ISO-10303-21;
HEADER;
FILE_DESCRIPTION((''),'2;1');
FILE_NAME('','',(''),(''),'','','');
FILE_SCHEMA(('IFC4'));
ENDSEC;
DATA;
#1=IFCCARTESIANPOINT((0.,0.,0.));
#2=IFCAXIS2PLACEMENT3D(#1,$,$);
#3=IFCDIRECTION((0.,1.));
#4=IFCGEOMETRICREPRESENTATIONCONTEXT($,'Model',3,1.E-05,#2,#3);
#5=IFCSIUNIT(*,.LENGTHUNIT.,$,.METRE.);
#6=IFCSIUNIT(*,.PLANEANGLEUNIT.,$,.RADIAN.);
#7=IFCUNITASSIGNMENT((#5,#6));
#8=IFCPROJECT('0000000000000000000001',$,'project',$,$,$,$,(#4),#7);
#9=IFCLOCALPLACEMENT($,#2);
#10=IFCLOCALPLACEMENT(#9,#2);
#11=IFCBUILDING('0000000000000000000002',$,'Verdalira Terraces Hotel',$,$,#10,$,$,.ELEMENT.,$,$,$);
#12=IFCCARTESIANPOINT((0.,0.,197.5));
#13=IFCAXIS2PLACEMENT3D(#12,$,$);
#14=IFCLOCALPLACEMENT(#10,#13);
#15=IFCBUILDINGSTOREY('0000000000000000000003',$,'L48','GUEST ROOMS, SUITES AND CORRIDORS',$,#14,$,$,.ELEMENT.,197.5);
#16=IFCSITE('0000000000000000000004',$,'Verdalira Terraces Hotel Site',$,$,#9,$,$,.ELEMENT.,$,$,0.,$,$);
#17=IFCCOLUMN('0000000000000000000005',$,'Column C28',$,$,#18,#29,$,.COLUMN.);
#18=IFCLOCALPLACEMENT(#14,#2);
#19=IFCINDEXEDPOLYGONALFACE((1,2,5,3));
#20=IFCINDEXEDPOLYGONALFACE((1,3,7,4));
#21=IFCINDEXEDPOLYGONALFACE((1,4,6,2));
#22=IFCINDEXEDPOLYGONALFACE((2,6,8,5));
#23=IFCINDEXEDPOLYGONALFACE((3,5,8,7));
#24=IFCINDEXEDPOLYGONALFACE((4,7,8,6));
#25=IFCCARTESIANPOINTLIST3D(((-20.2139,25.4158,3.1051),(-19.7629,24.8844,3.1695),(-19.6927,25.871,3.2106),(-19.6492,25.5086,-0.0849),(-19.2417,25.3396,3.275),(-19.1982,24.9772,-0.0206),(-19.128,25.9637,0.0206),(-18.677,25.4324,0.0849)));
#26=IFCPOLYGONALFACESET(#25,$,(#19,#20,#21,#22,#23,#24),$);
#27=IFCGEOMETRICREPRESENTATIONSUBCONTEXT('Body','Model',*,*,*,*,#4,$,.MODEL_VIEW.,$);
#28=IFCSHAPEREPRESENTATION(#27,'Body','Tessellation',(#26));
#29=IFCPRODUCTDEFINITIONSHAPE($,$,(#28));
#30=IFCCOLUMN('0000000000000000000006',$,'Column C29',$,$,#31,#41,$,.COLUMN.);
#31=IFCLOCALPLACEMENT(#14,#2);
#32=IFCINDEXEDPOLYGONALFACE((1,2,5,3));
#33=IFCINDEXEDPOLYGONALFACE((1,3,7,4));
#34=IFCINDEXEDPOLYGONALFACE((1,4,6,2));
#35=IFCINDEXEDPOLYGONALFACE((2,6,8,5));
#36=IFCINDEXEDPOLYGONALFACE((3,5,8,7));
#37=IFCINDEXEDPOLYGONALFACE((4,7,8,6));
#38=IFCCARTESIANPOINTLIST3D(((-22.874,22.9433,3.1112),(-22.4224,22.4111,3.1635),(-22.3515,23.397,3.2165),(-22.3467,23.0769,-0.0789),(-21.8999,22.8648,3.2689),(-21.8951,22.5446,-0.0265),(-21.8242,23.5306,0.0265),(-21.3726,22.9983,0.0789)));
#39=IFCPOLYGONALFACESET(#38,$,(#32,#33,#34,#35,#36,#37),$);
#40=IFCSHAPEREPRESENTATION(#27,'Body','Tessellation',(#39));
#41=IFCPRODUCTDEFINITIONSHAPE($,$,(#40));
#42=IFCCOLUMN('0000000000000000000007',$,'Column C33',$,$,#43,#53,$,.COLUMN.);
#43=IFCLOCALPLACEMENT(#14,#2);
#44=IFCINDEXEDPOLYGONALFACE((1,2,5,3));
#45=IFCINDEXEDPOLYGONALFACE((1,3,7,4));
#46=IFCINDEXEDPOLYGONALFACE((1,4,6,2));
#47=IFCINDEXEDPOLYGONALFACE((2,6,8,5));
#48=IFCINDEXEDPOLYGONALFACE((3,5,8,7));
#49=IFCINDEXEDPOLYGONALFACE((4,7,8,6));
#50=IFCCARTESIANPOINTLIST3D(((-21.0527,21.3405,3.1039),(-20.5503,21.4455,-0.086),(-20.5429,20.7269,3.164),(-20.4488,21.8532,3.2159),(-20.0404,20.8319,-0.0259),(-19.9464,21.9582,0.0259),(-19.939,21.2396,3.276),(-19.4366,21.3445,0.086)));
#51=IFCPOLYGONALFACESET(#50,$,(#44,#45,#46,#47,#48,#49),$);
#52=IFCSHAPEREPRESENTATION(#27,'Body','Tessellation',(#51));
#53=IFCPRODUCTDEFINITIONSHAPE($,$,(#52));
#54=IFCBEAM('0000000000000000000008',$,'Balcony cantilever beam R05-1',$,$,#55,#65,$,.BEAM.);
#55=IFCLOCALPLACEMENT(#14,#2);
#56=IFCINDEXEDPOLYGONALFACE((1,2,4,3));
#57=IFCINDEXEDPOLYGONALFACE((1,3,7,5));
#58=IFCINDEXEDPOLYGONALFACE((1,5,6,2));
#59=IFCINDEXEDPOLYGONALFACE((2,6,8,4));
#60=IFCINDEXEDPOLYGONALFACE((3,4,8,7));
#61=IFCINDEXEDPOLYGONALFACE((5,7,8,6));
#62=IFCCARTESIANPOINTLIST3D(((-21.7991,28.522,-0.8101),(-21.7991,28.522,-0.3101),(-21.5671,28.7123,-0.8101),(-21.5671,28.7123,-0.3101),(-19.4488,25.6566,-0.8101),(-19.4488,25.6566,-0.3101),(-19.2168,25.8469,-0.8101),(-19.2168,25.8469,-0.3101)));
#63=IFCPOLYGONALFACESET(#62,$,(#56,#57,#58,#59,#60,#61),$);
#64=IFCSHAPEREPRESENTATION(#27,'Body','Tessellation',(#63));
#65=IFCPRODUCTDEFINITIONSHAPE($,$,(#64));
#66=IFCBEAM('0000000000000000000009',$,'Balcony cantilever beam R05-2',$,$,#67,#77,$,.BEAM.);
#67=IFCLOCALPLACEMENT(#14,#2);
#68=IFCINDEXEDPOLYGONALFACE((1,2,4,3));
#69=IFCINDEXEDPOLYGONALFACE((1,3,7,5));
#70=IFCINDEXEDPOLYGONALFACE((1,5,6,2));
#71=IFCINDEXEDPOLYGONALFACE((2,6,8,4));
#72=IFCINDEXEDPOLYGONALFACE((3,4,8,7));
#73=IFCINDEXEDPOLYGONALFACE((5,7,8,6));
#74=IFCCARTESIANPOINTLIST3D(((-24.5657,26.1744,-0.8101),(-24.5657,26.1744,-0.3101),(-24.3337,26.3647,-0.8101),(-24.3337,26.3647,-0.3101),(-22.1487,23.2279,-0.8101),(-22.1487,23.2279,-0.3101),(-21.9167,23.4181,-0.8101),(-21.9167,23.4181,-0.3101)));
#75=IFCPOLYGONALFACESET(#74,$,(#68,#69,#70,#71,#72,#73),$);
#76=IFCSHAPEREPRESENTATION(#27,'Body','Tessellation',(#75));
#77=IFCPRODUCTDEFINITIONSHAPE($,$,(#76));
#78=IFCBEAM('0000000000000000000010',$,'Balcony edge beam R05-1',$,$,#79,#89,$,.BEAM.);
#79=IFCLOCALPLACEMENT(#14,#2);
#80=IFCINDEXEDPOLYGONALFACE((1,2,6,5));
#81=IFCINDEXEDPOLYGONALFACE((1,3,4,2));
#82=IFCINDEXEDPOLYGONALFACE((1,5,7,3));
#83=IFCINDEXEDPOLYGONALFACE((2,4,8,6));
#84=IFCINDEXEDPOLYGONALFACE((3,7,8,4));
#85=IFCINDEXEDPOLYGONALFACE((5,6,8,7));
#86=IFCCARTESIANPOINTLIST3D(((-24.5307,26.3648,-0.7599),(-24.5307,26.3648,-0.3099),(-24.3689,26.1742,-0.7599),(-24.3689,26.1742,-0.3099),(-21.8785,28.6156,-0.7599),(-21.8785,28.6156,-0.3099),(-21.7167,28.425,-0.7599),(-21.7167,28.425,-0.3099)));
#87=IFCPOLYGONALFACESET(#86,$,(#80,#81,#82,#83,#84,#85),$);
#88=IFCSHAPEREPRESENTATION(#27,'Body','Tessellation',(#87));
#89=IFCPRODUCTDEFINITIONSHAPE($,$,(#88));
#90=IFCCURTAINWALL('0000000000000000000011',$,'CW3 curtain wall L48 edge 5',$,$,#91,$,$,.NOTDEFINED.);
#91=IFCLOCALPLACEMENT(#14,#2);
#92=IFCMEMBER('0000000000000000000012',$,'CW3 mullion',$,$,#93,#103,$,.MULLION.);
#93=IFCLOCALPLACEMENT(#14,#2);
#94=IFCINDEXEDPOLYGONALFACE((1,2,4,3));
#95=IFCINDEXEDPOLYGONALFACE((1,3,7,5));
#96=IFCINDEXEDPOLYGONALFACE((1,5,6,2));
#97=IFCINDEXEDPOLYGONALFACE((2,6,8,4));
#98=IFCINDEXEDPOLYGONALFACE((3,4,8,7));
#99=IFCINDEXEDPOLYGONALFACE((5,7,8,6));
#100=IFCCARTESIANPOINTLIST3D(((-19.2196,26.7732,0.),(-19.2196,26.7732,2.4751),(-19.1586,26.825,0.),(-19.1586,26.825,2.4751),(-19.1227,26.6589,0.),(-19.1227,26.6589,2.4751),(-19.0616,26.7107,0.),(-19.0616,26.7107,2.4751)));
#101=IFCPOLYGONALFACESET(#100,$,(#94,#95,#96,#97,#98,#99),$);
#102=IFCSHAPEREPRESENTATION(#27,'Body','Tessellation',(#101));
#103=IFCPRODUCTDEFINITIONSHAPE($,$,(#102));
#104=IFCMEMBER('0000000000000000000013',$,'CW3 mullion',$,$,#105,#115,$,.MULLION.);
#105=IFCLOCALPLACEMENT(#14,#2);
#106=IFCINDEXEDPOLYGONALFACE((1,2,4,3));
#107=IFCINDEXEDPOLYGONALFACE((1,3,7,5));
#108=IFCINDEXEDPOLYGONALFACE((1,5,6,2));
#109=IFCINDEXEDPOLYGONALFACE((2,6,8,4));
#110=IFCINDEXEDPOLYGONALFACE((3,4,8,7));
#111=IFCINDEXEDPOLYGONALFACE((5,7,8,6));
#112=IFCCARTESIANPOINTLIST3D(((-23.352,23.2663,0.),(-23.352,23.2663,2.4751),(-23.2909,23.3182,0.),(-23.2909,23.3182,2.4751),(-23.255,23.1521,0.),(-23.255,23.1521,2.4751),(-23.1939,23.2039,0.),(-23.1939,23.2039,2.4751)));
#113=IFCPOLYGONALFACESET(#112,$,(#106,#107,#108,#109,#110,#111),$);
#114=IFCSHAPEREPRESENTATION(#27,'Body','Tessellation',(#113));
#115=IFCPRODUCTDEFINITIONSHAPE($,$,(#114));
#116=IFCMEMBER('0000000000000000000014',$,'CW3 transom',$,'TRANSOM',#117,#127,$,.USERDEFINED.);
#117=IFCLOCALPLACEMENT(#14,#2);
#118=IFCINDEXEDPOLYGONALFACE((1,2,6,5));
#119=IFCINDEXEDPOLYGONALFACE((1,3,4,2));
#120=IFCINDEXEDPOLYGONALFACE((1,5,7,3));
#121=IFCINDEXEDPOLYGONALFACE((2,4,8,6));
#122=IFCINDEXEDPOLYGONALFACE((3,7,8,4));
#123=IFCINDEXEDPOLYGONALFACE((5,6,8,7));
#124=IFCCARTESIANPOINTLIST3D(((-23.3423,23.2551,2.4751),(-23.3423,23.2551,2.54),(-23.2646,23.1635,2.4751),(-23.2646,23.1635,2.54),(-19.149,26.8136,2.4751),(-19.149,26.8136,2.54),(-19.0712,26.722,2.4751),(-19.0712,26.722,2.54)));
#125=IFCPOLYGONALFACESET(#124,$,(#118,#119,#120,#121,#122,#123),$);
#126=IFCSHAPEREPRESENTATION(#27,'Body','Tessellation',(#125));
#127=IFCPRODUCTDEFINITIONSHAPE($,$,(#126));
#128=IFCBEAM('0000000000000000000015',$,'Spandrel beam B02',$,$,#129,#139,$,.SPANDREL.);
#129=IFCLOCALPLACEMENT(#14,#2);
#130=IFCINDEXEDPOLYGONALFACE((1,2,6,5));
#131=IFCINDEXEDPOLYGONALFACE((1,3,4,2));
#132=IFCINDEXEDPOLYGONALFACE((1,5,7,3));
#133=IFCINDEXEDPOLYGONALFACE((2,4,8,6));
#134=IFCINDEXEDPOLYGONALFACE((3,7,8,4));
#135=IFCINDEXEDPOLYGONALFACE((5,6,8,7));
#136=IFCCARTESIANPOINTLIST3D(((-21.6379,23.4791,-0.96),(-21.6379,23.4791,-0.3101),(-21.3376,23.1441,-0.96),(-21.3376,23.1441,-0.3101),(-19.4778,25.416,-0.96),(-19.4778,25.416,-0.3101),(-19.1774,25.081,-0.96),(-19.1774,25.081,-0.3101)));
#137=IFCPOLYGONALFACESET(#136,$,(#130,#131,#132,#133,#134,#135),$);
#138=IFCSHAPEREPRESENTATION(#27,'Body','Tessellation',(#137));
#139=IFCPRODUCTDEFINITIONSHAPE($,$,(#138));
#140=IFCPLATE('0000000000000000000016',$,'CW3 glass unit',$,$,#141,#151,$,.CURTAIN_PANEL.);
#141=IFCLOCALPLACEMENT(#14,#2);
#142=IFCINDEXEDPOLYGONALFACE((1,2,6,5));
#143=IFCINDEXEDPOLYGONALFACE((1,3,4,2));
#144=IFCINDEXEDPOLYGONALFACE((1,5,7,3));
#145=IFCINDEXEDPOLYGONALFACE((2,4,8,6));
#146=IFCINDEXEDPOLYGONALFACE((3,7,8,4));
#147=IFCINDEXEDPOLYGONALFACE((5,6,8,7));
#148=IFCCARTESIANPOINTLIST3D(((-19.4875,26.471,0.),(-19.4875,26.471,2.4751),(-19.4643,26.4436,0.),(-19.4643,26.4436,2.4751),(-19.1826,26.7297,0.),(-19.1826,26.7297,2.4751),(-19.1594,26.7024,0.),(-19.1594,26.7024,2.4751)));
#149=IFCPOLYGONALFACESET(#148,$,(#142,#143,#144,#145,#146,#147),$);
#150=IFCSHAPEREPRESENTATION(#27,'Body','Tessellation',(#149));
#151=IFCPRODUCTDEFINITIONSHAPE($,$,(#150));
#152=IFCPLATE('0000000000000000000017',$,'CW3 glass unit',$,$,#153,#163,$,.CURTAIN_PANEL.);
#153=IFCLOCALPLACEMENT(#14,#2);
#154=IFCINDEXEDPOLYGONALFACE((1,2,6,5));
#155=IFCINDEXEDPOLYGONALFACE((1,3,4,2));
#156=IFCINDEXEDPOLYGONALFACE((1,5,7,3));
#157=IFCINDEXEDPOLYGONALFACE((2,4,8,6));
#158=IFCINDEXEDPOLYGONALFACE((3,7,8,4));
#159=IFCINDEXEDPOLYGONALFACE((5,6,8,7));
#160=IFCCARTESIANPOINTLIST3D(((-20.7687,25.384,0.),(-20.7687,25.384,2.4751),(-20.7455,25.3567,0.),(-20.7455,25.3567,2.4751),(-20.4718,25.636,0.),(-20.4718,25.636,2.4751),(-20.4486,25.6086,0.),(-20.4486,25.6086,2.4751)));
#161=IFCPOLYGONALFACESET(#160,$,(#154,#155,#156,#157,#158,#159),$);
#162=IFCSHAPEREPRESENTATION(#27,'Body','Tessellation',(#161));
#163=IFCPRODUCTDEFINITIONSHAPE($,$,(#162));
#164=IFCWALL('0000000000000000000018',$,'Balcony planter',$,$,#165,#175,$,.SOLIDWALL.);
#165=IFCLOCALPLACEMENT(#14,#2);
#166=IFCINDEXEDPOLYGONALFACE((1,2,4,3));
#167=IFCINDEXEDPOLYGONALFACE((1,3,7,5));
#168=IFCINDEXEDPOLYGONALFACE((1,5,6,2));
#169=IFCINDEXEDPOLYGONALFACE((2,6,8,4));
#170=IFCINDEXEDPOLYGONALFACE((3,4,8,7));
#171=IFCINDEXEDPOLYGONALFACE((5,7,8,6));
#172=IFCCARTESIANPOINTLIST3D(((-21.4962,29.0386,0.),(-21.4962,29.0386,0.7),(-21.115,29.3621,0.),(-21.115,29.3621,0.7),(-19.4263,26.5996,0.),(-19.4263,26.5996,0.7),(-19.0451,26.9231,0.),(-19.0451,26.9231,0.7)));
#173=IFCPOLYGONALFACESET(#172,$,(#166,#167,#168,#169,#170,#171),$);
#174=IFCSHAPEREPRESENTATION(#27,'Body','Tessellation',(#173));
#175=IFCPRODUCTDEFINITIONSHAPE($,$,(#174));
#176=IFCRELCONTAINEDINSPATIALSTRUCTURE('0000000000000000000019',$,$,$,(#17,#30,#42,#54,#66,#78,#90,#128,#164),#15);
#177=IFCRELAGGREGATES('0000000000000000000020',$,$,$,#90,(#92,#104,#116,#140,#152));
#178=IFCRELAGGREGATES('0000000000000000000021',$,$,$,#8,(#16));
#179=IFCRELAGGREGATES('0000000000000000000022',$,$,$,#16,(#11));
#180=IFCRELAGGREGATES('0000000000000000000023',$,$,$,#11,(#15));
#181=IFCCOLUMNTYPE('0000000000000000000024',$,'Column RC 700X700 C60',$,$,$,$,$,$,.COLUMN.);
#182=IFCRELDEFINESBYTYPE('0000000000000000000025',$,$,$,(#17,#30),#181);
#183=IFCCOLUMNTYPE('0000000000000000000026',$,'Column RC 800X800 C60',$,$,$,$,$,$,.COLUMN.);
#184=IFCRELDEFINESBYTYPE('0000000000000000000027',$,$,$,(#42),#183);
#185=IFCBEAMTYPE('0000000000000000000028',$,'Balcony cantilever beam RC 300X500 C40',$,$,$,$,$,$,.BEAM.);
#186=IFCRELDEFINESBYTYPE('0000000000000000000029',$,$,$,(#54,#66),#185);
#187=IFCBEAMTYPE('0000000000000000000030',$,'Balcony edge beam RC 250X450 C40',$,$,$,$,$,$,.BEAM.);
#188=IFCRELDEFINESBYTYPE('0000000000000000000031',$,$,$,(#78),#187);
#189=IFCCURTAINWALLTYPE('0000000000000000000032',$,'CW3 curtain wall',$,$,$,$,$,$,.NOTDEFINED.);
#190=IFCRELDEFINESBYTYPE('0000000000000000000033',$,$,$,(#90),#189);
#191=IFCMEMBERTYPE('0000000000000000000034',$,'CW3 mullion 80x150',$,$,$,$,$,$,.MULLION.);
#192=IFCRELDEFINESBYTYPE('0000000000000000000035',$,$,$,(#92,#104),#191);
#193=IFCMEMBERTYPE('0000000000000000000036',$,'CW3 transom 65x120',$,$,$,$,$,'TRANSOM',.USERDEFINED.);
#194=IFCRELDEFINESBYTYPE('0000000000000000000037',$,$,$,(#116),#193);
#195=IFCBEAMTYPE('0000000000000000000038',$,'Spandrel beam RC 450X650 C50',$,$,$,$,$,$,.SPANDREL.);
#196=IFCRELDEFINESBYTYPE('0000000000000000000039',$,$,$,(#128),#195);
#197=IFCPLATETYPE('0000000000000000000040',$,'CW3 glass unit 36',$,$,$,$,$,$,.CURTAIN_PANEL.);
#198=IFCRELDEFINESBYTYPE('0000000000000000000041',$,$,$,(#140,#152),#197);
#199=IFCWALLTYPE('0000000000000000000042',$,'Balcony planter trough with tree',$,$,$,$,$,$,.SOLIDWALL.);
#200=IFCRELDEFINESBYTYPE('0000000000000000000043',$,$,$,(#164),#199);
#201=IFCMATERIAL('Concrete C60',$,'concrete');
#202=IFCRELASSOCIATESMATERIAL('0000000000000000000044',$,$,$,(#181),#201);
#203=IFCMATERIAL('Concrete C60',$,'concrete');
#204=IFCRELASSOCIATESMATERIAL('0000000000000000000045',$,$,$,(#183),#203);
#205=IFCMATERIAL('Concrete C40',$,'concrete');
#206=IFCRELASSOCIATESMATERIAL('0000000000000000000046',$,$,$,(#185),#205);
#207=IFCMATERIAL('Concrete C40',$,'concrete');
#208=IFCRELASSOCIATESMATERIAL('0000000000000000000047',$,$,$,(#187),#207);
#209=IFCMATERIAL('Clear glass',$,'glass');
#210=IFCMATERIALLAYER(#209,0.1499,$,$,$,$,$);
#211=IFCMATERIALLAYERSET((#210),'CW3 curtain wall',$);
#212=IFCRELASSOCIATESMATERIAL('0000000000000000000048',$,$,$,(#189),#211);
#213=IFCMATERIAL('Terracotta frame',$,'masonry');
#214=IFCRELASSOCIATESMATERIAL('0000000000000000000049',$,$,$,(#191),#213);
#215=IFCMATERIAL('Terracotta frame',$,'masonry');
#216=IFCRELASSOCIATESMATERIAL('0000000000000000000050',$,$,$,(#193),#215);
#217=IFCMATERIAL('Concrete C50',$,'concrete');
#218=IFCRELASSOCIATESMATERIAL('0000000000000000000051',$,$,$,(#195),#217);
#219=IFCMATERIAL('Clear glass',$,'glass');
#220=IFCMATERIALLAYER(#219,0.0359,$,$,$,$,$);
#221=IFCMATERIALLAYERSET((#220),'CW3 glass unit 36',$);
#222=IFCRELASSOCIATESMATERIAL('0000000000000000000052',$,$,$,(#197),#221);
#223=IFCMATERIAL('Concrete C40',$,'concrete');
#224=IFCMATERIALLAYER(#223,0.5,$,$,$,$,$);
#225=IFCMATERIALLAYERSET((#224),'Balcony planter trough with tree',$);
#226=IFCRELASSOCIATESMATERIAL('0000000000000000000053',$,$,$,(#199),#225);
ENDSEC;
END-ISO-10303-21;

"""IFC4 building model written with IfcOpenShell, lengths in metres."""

from ifc_helpers import new_model, si_unit, direction, frame, frame_2d, origin, origin_2d, place, context, subcontext, project, spatial, rectangle, extrude, material, layer, layer_set, material_profile, profile_set, type_object, element, aggregate, save


model = new_model("IFC4")

# Units and contexts
model_context = context("Model", 3, precision=1e-05, world=origin(), true_north=direction((0.0, 1.0)))
body_context = subcontext(model_context, "Body", "Model", "MODEL_VIEW")
ifc_project = project(units=[si_unit("LENGTHUNIT", "METRE"), si_unit("PLANEANGLEUNIT", "RADIAN")], contexts=[model_context])

# Site, building, storey
site_placement = place(None, origin())
site = spatial("IfcSite", under=ifc_project, at=site_placement, Name="Verdalira Terraces Hotel Site", CompositionType="ELEMENT", RefElevation=0.0)
building_placement = place(site_placement, origin())
building = spatial("IfcBuilding", under=site, at=building_placement, Name="Verdalira Terraces Hotel", CompositionType="ELEMENT")
storey_placement = place(building_placement, frame((0.0, 0.0, 197.5)))
storey = spatial("IfcBuildingStorey", under=building, at=storey_placement, Name="L48", Description="GUEST ROOMS, SUITES AND CORRIDORS", CompositionType="ELEMENT", Elevation=197.5)

# Columns
ifc_material_1 = material(Name="Concrete C60", Category="concrete")
ifc_material_profile_1 = material_profile(ifc_material_1, rectangle(XDim=0.7, YDim=0.7, at=origin_2d()), Name="RC 700X700")
ifc_profile_set_1 = profile_set([ifc_material_profile_1], Name="Concrete C60")
column_type_1 = type_object("IfcColumnType", Name="Column RC 700X700 C60", PredefinedType="COLUMN", material=ifc_profile_set_1)
column_1_placement = place(storey_placement, frame((-19.1631, 25.4705, 0.0), z_axis=(-0.174243, -0.028626, 0.984287), x_axis=(-0.744586, -0.650288, -0.150722)))
element("IfcColumn", 1, at=column_1_placement, inside=storey, type_object=column_type_1, Name="Column C28", PredefinedType="COLUMN", context=body_context, shape_type="SweptSolid", body=[
    extrude(rectangle(XDim=0.7, YDim=0.7, at=origin_2d()), origin(), (0.0, 0.0, 1.0), 3.241),
])
column_2_placement = place(storey_placement, frame((-21.8596, 23.0376, 0.0), z_axis=(-0.162962, -0.041269, 0.985769), x_axis=(-0.746469, -0.648169, -0.150537)))
element("IfcColumn", 2, at=column_2_placement, inside=storey, type_object=column_type_1, Name="Column C29", PredefinedType="COLUMN", context=body_context, shape_type="SweptSolid", body=[
    extrude(rectangle(XDim=0.7, YDim=0.7, at=origin_2d()), origin(), (0.0, 0.0, 1.0), 3.2361),
])
ifc_material_2 = material(Name="Concrete C60", Category="concrete")
ifc_material_profile_2 = material_profile(ifc_material_2, rectangle(XDim=0.8, YDim=0.8, at=origin_2d()), Name="RC 800X800")
ifc_profile_set_2 = profile_set([ifc_material_profile_2], Name="Concrete C60")
column_type_2 = type_object("IfcColumnType", Name="Column RC 800X800 C60", PredefinedType="COLUMN", material=ifc_profile_set_2)
column_3_placement = place(storey_placement, frame((-19.9934, 21.395, 0.0), z_axis=(-0.155508, -0.032492, 0.9873), x_axis=(-0.637228, 0.767005, -0.075126)))
element("IfcColumn", 3, at=column_3_placement, inside=storey, type_object=column_type_2, Name="Column C33", PredefinedType="COLUMN", context=body_context, shape_type="SweptSolid", body=[
    extrude(rectangle(XDim=0.8, YDim=0.8, at=origin_2d()), origin(), (0.0, 0.0, 1.0), 3.231),
])

# Beams
ifc_material_3 = material(Name="Concrete C40", Category="concrete")
ifc_material_profile_3 = material_profile(ifc_material_3, rectangle(XDim=0.3, YDim=0.5, at=origin_2d()), Name="RC 300X500")
ifc_profile_set_3 = profile_set([ifc_material_profile_3], Name="Concrete C40")
beam_type_1 = type_object("IfcBeamType", Name="Balcony cantilever beam RC 300X500 C40", PredefinedType="BEAM", material=ifc_profile_set_3)
beam_1_placement = place(storey_placement, frame((-19.3328, 25.7517, -0.5601), z_axis=(-0.634184, 0.773182, 0.0), x_axis=(-0.773182, -0.634184, 0.0)))
element("IfcBeam", 4, at=beam_1_placement, inside=storey, type_object=beam_type_1, Name="Balcony cantilever beam R05-1", PredefinedType="BEAM", context=body_context, shape_type="SweptSolid", body=[
    extrude(rectangle(XDim=0.3, YDim=0.5, at=origin_2d()), origin(), (0.0, 0.0, 1.0), 3.7061),
])
beam_2_placement = place(storey_placement, frame((-22.0327, 23.323, -0.5601), z_axis=(-0.634211, 0.77316, 0.0), x_axis=(-0.77316, -0.634211, 0.0)))
element("IfcBeam", 5, at=beam_2_placement, inside=storey, type_object=beam_type_1, Name="Balcony cantilever beam R05-2", PredefinedType="BEAM", context=body_context, shape_type="SweptSolid", body=[
    extrude(rectangle(XDim=0.3, YDim=0.5, at=origin_2d()), origin(), (0.0, 0.0, 1.0), 3.811),
])
ifc_material_4 = material(Name="Concrete C40", Category="concrete")
ifc_material_profile_4 = material_profile(ifc_material_4, rectangle(XDim=0.25, YDim=0.45, at=origin_2d()), Name="RC 250X450")
ifc_profile_set_4 = profile_set([ifc_material_profile_4], Name="Concrete C40")
beam_type_2 = type_object("IfcBeamType", Name="Balcony edge beam RC 250X450 C40", PredefinedType="BEAM", material=ifc_profile_set_4)
beam_3_placement = place(storey_placement, frame((-21.7976, 28.5203, -0.5349), z_axis=(-0.762443, -0.647055, 0.0), x_axis=(0.647055, -0.762443, 0.0)))
element("IfcBeam", 6, at=beam_3_placement, inside=storey, type_object=beam_type_2, Name="Balcony edge beam R05-1", PredefinedType="BEAM", context=body_context, shape_type="SweptSolid", body=[
    extrude(rectangle(XDim=0.25, YDim=0.45, at=origin_2d()), origin(), (0.0, 0.0, 1.0), 3.4785),
])

# Curtain wall, members
ifc_material_5 = material(Name="Clear glass", Category="glass")
ifc_layer_1 = layer(ifc_material_5, 0.1499)
ifc_layer_set_1 = layer_set([ifc_layer_1], Name="CW3 curtain wall")
curtain_wall_type = type_object("IfcCurtainWallType", Name="CW3 curtain wall", PredefinedType="NOTDEFINED", material=ifc_layer_set_1)
curtain_wall_placement = place(storey_placement, origin())
curtain_wall = element("IfcCurtainWall", 7, at=curtain_wall_placement, inside=storey, type_object=curtain_wall_type, Name="CW3 curtain wall L48 edge 5", PredefinedType="NOTDEFINED")
ifc_material_6 = material(Name="Terracotta frame", Category="masonry")
ifc_material_profile_5 = material_profile(ifc_material_6, rectangle(XDim=0.0801, YDim=0.1499, at=origin_2d()), Name="MU 80x150")
ifc_profile_set_5 = profile_set([ifc_material_profile_5], Name="Terracotta frame")
member_type_1 = type_object("IfcMemberType", Name="CW3 mullion 80x150", PredefinedType="MULLION", material=ifc_profile_set_5)
member_1_placement = place(storey_placement, frame((-19.1406, 26.7419, 0.0), z_axis=(0.0, 0.0, 1.0), x_axis=(-0.762443, -0.647056, 0.0)))
member_1 = element("IfcMember", 8, at=member_1_placement, type_object=member_type_1, Name="CW3 mullion", PredefinedType="MULLION", context=body_context, shape_type="SweptSolid", body=[
    extrude(rectangle(XDim=0.0801, YDim=0.1499, at=origin_2d()), origin(), (0.0, 0.0, 1.0), 2.4751),
])
member_2_placement = place(storey_placement, frame((-23.2729, 23.2351, 0.0), z_axis=(0.0, 0.0, 1.0), x_axis=(-0.762443, -0.647056, 0.0)))
member_2 = element("IfcMember", 9, at=member_2_placement, type_object=member_type_1, Name="CW3 mullion", PredefinedType="MULLION", context=body_context, shape_type="SweptSolid", body=[
    extrude(rectangle(XDim=0.0801, YDim=0.1499, at=origin_2d()), origin(), (0.0, 0.0, 1.0), 2.4751),
])
ifc_material_7 = material(Name="Terracotta frame", Category="masonry")
ifc_material_profile_6 = material_profile(ifc_material_7, rectangle(XDim=0.1201, YDim=0.0649, at=origin_2d()), Name="TR 65x120")
ifc_profile_set_6 = profile_set([ifc_material_profile_6], Name="Terracotta frame")
member_type_2 = type_object("IfcMemberType", Name="CW3 transom 65x120", ElementType="TRANSOM", PredefinedType="USERDEFINED", material=ifc_profile_set_6)
member_3_placement = place(storey_placement, frame((-19.1101, 26.7678, 2.5076), z_axis=(-0.762456, -0.64704, 0.0), x_axis=(0.64704, -0.762456, 0.0)))
member_3 = element("IfcMember", 10, at=member_3_placement, type_object=member_type_2, Name="CW3 transom", ObjectType="TRANSOM", PredefinedType="USERDEFINED", context=body_context, shape_type="SweptSolid", body=[
    extrude(rectangle(XDim=0.1201, YDim=0.0649, at=origin_2d()), origin(), (0.0, 0.0, 1.0), 5.4998),
])

# Beam
ifc_material_8 = material(Name="Concrete C50", Category="concrete")
ifc_material_profile_7 = material_profile(ifc_material_8, rectangle(XDim=0.45, YDim=0.6499, at=origin_2d()), Name="RC 450X650")
ifc_profile_set_7 = profile_set([ifc_material_profile_7], Name="Concrete C50")
beam_type_3 = type_object("IfcBeamType", Name="Spandrel beam RC 450X650 C50", PredefinedType="SPANDREL", material=ifc_profile_set_7)
beam_4_placement = place(storey_placement, frame((-19.3276, 25.2485, -0.635), z_axis=(-0.744515, -0.667606, 0.0), x_axis=(0.667606, -0.744515, 0.0)))
element("IfcBeam", 11, at=beam_4_placement, inside=storey, type_object=beam_type_3, Name="Spandrel beam B02", PredefinedType="SPANDREL", context=body_context, shape_type="SweptSolid", body=[
    extrude(rectangle(XDim=0.45, YDim=0.6499, at=origin_2d()), origin(), (0.0, 0.0, 1.0), 2.9014),
])

# Plates
ifc_material_9 = material(Name="Clear glass", Category="glass")
ifc_layer_2 = layer(ifc_material_9, 0.0359)
ifc_layer_set_2 = layer_set([ifc_layer_2], Name="CW3 glass unit 36")
plate_type = type_object("IfcPlateType", Name="CW3 glass unit 36", PredefinedType="CURTAIN_PANEL", material=ifc_layer_set_2)
plate_1_placement = place(storey_placement, frame((-19.3235, 26.5867, 0.0), z_axis=(0.0, 0.0, 1.0), x_axis=(-0.762443, -0.647056, 0.0)))
plate_1 = element("IfcPlate", 12, at=plate_1_placement, type_object=plate_type, Name="CW3 glass unit", PredefinedType="CURTAIN_PANEL", context=body_context, shape_type="SweptSolid", body=[
    extrude(rectangle(XDim=0.3999, YDim=0.0359, at=origin_2d()), origin(), (0.0, 0.0, 1.0), 2.4751),
])
plate_2_placement = place(storey_placement, frame((-20.6086, 25.4963, 0.0), z_axis=(0.0, 0.0, 1.0), x_axis=(-0.762443, -0.647056, 0.0)))
plate_2 = element("IfcPlate", 13, at=plate_2_placement, type_object=plate_type, Name="CW3 glass unit", PredefinedType="CURTAIN_PANEL", context=body_context, shape_type="SweptSolid", body=[
    extrude(rectangle(XDim=0.3894, YDim=0.0359, at=origin_2d()), origin(), (0.0, 0.0, 1.0), 2.4751),
])
aggregate(curtain_wall, [member_1, member_2, member_3, plate_1, plate_2])

# Wall
ifc_material_10 = material(Name="Concrete C40", Category="concrete")
ifc_layer_3 = layer(ifc_material_10, 0.5)
ifc_layer_set_3 = layer_set([ifc_layer_3], Name="Balcony planter trough with tree")
wall_type_1 = type_object("IfcWallType", Name="Balcony planter trough with tree", PredefinedType="SOLIDWALL", material=ifc_layer_set_3)
wall_1_placement = place(storey_placement, frame((-19.2356, 26.7612, 0.0), z_axis=(0.0, 0.0, 1.0), x_axis=(-0.64705, 0.762448, 0.0)))
element("IfcWall", 14, at=wall_1_placement, inside=storey, type_object=wall_type_1, Name="Balcony planter", PredefinedType="SOLIDWALL", context=body_context, shape_type="SweptSolid", body=[
    extrude(rectangle(XDim=3.199, YDim=0.5, at=frame_2d((1.5996, 0.0))), origin(), (0.0, 0.0, 1.0), 0.7),
])

save(model, "model.ifc")
